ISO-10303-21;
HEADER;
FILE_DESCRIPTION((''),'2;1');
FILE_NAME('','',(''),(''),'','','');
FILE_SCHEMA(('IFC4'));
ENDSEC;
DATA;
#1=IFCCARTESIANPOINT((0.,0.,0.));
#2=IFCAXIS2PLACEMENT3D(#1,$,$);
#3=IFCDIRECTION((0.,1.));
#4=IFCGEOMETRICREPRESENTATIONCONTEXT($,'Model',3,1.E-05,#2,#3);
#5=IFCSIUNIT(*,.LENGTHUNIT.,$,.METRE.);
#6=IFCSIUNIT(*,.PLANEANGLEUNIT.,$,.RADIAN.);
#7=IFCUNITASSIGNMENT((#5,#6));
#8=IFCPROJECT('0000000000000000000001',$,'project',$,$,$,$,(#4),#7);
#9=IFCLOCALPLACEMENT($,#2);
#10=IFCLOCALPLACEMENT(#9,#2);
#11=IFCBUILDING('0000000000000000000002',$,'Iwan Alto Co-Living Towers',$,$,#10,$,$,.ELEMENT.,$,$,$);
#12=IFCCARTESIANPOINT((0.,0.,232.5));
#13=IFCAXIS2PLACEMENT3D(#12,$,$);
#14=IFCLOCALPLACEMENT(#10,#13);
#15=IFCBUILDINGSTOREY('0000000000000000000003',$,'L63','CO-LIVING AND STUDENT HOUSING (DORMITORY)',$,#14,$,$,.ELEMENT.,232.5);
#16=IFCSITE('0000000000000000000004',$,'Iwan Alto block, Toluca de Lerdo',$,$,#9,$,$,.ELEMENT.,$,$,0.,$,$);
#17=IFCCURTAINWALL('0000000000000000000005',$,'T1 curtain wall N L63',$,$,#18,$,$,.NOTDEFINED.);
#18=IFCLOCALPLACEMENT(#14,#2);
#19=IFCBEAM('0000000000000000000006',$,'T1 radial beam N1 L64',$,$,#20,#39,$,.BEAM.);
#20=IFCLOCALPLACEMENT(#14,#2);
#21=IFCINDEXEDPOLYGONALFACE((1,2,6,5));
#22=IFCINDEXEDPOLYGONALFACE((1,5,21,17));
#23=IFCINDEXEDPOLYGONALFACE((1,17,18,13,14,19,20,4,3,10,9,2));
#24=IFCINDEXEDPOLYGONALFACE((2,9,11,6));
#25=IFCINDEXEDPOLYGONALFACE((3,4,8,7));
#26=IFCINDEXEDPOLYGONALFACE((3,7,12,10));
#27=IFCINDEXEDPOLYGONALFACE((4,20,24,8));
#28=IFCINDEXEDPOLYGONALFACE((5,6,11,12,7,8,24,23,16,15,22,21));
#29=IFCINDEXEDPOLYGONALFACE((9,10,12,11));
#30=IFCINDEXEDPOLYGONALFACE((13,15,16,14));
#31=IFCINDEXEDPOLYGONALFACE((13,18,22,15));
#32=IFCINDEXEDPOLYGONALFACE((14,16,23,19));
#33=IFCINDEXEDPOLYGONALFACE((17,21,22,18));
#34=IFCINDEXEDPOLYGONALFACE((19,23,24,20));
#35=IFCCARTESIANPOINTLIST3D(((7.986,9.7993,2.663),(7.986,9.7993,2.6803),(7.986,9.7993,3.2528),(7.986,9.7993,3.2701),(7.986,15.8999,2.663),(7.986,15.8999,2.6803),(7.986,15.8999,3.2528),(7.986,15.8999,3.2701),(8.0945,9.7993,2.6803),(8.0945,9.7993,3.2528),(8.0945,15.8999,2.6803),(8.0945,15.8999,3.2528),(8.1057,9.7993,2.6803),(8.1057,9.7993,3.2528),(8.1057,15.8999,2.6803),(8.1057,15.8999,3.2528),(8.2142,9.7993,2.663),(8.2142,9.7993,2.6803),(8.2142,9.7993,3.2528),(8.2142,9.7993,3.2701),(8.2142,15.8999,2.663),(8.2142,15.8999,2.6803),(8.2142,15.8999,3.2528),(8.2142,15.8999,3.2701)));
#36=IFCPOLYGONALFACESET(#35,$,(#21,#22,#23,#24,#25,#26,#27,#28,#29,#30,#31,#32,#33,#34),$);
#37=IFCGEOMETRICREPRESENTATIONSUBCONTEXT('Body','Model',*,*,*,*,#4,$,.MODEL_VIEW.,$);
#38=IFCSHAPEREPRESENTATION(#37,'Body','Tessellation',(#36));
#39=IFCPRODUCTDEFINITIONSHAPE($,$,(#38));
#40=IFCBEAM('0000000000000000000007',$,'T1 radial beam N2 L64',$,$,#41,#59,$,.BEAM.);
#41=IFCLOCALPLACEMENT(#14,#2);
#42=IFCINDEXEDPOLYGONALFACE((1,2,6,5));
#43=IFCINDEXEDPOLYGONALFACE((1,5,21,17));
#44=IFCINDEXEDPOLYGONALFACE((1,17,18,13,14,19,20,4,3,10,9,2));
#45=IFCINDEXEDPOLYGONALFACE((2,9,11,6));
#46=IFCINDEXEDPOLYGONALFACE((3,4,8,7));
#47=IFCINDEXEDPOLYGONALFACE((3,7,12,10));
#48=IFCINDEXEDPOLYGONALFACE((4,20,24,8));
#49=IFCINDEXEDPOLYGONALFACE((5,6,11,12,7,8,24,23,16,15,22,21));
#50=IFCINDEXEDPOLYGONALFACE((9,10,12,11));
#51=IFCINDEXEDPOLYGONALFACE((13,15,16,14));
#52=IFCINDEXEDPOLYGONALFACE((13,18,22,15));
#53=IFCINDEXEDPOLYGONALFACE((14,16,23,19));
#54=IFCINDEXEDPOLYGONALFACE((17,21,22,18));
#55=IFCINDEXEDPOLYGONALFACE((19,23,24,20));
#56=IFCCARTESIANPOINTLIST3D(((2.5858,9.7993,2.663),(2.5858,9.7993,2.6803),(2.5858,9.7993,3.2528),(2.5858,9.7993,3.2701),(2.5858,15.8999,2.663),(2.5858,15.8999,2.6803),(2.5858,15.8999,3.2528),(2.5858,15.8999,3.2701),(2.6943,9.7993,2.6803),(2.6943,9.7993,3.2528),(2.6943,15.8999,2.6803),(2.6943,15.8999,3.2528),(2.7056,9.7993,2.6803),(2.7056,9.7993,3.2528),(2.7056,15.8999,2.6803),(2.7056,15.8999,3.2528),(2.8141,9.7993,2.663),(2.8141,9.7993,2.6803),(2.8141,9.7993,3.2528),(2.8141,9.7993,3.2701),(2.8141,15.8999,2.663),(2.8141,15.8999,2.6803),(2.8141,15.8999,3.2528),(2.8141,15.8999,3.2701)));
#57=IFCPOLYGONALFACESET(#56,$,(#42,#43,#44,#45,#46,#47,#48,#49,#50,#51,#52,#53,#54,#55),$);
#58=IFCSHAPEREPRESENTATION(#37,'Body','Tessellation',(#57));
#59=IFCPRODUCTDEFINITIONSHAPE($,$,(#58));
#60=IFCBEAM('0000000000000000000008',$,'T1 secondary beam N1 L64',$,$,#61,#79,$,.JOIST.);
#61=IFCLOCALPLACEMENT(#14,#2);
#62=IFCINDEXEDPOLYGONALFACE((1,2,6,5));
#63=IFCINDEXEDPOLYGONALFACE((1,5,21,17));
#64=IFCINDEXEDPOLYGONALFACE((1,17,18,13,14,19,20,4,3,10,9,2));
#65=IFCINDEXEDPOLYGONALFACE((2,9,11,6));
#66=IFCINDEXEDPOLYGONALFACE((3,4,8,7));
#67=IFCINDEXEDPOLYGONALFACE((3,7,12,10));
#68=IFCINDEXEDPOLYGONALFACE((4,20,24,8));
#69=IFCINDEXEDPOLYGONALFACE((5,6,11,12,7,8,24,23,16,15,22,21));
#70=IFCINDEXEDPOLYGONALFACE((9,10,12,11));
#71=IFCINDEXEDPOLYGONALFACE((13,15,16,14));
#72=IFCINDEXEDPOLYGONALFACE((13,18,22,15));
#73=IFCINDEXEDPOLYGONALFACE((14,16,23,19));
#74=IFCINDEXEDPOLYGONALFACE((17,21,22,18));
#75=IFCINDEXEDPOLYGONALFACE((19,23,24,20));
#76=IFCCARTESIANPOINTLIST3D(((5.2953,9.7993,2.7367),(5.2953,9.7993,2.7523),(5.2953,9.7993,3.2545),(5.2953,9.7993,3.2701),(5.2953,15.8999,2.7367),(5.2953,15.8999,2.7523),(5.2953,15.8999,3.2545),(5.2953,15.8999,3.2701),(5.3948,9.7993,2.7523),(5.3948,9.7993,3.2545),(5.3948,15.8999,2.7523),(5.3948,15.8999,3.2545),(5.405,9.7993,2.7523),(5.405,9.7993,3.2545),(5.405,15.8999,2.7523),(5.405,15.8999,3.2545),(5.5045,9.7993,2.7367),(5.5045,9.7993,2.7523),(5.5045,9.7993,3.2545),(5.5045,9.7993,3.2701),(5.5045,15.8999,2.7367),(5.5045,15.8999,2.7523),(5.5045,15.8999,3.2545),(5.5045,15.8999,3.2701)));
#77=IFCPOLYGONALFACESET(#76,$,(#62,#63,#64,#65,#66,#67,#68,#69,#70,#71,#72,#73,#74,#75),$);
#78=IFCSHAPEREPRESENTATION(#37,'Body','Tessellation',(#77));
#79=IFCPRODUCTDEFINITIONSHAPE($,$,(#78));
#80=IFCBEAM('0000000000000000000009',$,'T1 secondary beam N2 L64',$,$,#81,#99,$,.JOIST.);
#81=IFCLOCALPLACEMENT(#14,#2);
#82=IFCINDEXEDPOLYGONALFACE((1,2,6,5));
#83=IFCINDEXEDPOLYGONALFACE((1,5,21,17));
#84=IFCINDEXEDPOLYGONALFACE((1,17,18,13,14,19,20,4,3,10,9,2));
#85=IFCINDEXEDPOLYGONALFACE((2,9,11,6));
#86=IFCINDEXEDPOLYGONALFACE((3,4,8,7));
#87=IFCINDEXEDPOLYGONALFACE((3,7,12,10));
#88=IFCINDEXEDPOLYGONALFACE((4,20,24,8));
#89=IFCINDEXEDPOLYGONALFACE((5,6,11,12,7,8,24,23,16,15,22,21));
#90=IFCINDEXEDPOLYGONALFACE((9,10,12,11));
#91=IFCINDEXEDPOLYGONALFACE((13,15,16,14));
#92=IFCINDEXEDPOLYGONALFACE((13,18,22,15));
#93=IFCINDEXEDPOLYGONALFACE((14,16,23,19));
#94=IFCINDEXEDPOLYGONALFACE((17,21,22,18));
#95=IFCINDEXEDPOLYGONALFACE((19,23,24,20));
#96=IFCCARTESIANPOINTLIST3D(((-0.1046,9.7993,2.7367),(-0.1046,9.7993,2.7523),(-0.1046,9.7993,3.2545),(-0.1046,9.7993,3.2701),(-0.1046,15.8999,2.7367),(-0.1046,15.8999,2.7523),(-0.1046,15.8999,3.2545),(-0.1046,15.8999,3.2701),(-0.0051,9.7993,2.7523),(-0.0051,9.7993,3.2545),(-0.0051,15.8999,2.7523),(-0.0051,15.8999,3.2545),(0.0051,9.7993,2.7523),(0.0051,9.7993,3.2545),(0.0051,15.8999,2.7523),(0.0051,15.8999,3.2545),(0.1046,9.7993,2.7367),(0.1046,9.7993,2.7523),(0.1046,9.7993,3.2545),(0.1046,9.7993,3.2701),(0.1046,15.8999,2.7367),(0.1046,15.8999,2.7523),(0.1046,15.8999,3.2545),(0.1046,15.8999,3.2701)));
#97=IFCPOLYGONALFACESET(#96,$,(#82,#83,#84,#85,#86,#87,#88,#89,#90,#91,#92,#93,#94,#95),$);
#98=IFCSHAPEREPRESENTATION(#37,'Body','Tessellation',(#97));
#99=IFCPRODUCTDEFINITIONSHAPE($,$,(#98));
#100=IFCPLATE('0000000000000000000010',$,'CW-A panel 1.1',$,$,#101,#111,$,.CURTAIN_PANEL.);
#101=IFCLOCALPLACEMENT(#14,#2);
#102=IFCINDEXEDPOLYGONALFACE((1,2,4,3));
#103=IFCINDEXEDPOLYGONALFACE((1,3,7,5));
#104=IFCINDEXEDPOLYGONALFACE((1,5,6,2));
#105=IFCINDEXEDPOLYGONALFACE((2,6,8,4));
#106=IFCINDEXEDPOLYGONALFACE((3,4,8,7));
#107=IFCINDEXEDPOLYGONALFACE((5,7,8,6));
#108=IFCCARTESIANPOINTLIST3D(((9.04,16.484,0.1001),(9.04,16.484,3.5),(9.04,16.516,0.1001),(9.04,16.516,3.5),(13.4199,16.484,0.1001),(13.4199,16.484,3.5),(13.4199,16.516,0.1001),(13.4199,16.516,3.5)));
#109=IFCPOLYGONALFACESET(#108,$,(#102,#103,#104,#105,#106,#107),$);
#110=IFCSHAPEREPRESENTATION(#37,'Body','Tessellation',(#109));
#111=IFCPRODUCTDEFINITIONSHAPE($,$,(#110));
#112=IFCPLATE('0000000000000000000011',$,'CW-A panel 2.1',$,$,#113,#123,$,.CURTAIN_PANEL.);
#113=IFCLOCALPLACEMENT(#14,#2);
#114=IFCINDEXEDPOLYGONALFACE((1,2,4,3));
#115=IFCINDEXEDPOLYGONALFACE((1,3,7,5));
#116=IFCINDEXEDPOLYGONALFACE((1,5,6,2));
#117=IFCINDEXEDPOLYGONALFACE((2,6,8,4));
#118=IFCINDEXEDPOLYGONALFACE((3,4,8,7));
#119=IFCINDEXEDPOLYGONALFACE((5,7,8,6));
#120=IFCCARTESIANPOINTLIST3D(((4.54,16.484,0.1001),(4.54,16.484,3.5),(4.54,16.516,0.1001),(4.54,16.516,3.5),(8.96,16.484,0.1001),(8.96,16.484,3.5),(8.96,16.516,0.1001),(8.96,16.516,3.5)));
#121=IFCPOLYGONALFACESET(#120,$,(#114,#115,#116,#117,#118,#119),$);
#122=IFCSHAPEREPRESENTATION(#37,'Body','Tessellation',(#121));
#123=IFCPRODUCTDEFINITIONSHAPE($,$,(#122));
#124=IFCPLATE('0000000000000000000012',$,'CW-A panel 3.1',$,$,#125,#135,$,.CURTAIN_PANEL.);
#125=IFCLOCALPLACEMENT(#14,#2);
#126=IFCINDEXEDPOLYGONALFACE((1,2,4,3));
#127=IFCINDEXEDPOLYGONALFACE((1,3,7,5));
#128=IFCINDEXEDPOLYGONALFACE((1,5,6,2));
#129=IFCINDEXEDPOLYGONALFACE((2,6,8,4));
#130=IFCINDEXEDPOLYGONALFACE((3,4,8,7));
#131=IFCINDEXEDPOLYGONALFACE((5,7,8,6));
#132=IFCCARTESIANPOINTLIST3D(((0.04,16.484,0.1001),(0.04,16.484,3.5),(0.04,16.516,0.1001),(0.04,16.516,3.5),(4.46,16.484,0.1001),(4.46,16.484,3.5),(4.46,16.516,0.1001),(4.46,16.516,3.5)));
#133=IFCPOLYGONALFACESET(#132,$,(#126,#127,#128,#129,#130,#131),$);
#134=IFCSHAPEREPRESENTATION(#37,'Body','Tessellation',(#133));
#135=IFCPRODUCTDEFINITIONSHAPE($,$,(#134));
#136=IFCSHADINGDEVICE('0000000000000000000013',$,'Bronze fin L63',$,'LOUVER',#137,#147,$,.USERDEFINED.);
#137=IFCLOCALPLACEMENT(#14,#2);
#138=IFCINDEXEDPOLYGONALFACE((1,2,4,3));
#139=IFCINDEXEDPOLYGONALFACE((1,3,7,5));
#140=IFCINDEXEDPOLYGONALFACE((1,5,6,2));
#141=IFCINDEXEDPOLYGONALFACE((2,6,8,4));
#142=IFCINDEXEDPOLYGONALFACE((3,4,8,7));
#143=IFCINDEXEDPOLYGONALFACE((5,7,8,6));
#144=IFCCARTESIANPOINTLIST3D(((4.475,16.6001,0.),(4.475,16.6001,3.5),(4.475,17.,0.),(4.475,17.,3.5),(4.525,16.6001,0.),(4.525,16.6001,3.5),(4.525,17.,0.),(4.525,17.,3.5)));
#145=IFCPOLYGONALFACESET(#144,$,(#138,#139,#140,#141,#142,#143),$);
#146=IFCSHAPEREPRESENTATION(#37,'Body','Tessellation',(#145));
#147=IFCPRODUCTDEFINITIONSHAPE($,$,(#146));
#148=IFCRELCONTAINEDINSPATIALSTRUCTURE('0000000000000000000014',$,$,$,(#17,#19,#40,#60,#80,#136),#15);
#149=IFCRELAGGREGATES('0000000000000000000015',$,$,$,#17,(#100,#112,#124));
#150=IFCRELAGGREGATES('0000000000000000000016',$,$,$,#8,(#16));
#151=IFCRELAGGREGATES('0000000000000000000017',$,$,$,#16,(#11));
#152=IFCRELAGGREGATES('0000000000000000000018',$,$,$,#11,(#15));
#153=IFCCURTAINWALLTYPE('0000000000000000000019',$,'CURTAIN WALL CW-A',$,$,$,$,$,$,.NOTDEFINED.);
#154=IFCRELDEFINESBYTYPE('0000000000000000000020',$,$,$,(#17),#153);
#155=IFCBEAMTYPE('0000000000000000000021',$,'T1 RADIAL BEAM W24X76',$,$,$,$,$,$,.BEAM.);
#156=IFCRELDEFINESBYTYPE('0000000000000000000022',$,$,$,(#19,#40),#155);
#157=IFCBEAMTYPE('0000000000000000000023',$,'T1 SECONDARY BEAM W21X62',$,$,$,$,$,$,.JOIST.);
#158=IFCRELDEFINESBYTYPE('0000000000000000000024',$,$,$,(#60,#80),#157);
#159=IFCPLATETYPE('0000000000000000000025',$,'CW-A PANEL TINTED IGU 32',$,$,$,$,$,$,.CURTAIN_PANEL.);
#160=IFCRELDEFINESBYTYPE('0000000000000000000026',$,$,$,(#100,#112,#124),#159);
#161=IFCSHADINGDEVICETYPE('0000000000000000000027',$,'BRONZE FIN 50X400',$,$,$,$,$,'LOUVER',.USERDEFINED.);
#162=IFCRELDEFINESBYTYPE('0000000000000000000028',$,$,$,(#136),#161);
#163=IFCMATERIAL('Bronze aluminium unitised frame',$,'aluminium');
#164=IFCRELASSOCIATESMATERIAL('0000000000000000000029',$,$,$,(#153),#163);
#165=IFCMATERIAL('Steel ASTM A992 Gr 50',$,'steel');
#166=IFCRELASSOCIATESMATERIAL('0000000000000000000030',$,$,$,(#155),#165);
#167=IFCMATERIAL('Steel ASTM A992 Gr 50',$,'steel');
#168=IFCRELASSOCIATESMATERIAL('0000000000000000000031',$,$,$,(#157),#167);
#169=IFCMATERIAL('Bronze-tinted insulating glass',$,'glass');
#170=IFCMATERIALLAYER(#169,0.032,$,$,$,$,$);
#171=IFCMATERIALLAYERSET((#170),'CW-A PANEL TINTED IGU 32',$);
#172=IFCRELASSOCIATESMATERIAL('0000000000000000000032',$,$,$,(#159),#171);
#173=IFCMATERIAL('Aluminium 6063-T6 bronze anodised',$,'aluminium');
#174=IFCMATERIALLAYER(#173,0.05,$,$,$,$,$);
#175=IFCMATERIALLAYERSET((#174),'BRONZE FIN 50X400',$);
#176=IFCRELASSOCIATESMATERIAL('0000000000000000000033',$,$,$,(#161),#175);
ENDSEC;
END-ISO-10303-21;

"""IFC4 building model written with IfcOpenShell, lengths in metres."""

from ifc_helpers import new_model, si_unit, direction, frame, origin, origin_2d, place, context, subcontext, project, spatial, rectangle, i_section, extrude, material, layer, layer_set, material_profile, profile_set, type_object, element, aggregate, save


model = new_model("IFC4")

# Units and contexts
model_context = context("Model", 3, precision=1e-05, world=origin(), true_north=direction((0.0, 1.0)))
body_context = subcontext(model_context, "Body", "Model", "MODEL_VIEW")
ifc_project = project(units=[si_unit("LENGTHUNIT", "METRE"), si_unit("PLANEANGLEUNIT", "RADIAN")], contexts=[model_context])

# Site, building, storey
site_placement = place(None, origin())
site = spatial("IfcSite", under=ifc_project, at=site_placement, Name="Iwan Alto block, Toluca de Lerdo", CompositionType="ELEMENT", RefElevation=0.0)
building_placement = place(site_placement, origin())
building = spatial("IfcBuilding", under=site, at=building_placement, Name="Iwan Alto Co-Living Towers", CompositionType="ELEMENT")
storey_placement = place(building_placement, frame((0.0, 0.0, 232.5)))
storey = spatial("IfcBuildingStorey", under=building, at=storey_placement, Name="L63", Description="CO-LIVING AND STUDENT HOUSING (DORMITORY)", CompositionType="ELEMENT", Elevation=232.5)

# Curtain wall
ifc_material_1 = material(Name="Bronze aluminium unitised frame", Category="aluminium")
curtain_wall_type = type_object("IfcCurtainWallType", Name="CURTAIN WALL CW-A", PredefinedType="NOTDEFINED", material=ifc_material_1)
curtain_wall_placement = place(storey_placement, origin())
curtain_wall = element("IfcCurtainWall", 1, at=curtain_wall_placement, inside=storey, type_object=curtain_wall_type, Name="T1 curtain wall N L63", PredefinedType="NOTDEFINED")

# Beams
ifc_material_2 = material(Name="Steel ASTM A992 Gr 50", Category="steel")
ifc_material_profile_1 = material_profile(ifc_material_2, i_section(OverallWidth=0.2283, OverallDepth=0.6072, WebThickness=0.0112, FlangeThickness=0.0173, at=origin_2d()), Name="W24X76")
ifc_profile_set_1 = profile_set([ifc_material_profile_1], Name="Steel ASTM A992 Gr 50")
beam_type_1 = type_object("IfcBeamType", Name="T1 RADIAL BEAM W24X76", PredefinedType="BEAM", material=ifc_profile_set_1)
for number, where, z_axis, x_axis, name in (
    (2, (8.1001, 15.8999, 2.9666), (0.0, -1.0, 0.0), (1.0, 0.0, 0.0), "T1 radial beam N1 L64"),
    (3, (2.7, 15.8999, 2.9666), (0.0, -1.0, 0.0), (1.0, 0.0, 0.0), "T1 radial beam N2 L64"),
):
    element("IfcBeam", number, at=place(storey_placement, frame(where, z_axis=z_axis, x_axis=x_axis)), inside=storey, type_object=beam_type_1, Name=name, PredefinedType="BEAM", context=body_context, shape_type="SweptSolid", body=[
        extrude(i_section(OverallWidth=0.2283, OverallDepth=0.6072, WebThickness=0.0112, FlangeThickness=0.0173, at=origin_2d()), origin(), (0.0, 0.0, 1.0), 6.1006),
    ])
ifc_material_3 = material(Name="Steel ASTM A992 Gr 50", Category="steel")
ifc_material_profile_2 = material_profile(ifc_material_3, i_section(OverallWidth=0.2092, OverallDepth=0.5334, WebThickness=0.0103, FlangeThickness=0.0156, at=origin_2d()), Name="W21X62")
ifc_profile_set_2 = profile_set([ifc_material_profile_2], Name="Steel ASTM A992 Gr 50")
beam_type_2 = type_object("IfcBeamType", Name="T1 SECONDARY BEAM W21X62", PredefinedType="JOIST", material=ifc_profile_set_2)
for number, where, z_axis, x_axis, name in (
    (4, (5.3999, 15.8999, 3.0034), (0.0, -1.0, 0.0), (1.0, 0.0, 0.0), "T1 secondary beam N1 L64"),
    (5, (0.0, 15.8999, 3.0034), (0.0, -1.0, 0.0), (1.0, 0.0, 0.0), "T1 secondary beam N2 L64"),
):
    element("IfcBeam", number, at=place(storey_placement, frame(where, z_axis=z_axis, x_axis=x_axis)), inside=storey, type_object=beam_type_2, Name=name, PredefinedType="JOIST", context=body_context, shape_type="SweptSolid", body=[
        extrude(i_section(OverallWidth=0.2092, OverallDepth=0.5334, WebThickness=0.0103, FlangeThickness=0.0156, at=origin_2d()), origin(), (0.0, 0.0, 1.0), 6.1006),
    ])

# Plates
ifc_material_4 = material(Name="Bronze-tinted insulating glass", Category="glass")
ifc_layer_1 = layer(ifc_material_4, 0.032)
ifc_layer_set_1 = layer_set([ifc_layer_1], Name="CW-A PANEL TINTED IGU 32")
plate_type = type_object("IfcPlateType", Name="CW-A PANEL TINTED IGU 32", PredefinedType="CURTAIN_PANEL", material=ifc_layer_set_1)
plate_1_placement = place(storey_placement, frame((11.23, 16.5, 0.1001), z_axis=(0.0, 0.0, 1.0), x_axis=(-1.0, 0.0, 0.0)))
plate_1 = element("IfcPlate", 6, at=plate_1_placement, type_object=plate_type, Name="CW-A panel 1.1", PredefinedType="CURTAIN_PANEL", context=body_context, shape_type="SweptSolid", body=[
    extrude(rectangle(XDim=4.3799, YDim=0.032, at=origin_2d()), origin(), (0.0, 0.0, 1.0), 3.3999),
])
plate_2_placement = place(storey_placement, frame((6.75, 16.5, 0.1001), z_axis=(0.0, 0.0, 1.0), x_axis=(-1.0, 0.0, 0.0)))
plate_2 = element("IfcPlate", 7, at=plate_2_placement, type_object=plate_type, Name="CW-A panel 2.1", PredefinedType="CURTAIN_PANEL", context=body_context, shape_type="SweptSolid", body=[
    extrude(rectangle(XDim=4.4199, YDim=0.032, at=origin_2d()), origin(), (0.0, 0.0, 1.0), 3.3999),
])
plate_3_placement = place(storey_placement, frame((2.25, 16.5, 0.1001), z_axis=(0.0, 0.0, 1.0), x_axis=(-1.0, 0.0, 0.0)))
plate_3 = element("IfcPlate", 8, at=plate_3_placement, type_object=plate_type, Name="CW-A panel 3.1", PredefinedType="CURTAIN_PANEL", context=body_context, shape_type="SweptSolid", body=[
    extrude(rectangle(XDim=4.4199, YDim=0.032, at=origin_2d()), origin(), (0.0, 0.0, 1.0), 3.3999),
])
aggregate(curtain_wall, [plate_1, plate_2, plate_3])

# Shading device
ifc_material_5 = material(Name="Aluminium 6063-T6 bronze anodised", Category="aluminium")
ifc_layer_2 = layer(ifc_material_5, 0.05)
ifc_layer_set_2 = layer_set([ifc_layer_2], Name="BRONZE FIN 50X400")
shading_device_type = type_object("IfcShadingDeviceType", Name="BRONZE FIN 50X400", ElementType="LOUVER", PredefinedType="USERDEFINED", material=ifc_layer_set_2)
shading_device_placement = place(storey_placement, frame((4.5, 16.8, 0.0), z_axis=(0.0, 0.0, 1.0), x_axis=(-1.0, 0.0, 0.0)))
element("IfcShadingDevice", 9, at=shading_device_placement, inside=storey, type_object=shading_device_type, Name="Bronze fin L63", ObjectType="LOUVER", PredefinedType="USERDEFINED", context=body_context, shape_type="SweptSolid", body=[
    extrude(rectangle(XDim=0.05, YDim=0.3999, at=origin_2d()), origin(), (0.0, 0.0, 1.0), 3.5),
])

save(model, "model.ifc")
